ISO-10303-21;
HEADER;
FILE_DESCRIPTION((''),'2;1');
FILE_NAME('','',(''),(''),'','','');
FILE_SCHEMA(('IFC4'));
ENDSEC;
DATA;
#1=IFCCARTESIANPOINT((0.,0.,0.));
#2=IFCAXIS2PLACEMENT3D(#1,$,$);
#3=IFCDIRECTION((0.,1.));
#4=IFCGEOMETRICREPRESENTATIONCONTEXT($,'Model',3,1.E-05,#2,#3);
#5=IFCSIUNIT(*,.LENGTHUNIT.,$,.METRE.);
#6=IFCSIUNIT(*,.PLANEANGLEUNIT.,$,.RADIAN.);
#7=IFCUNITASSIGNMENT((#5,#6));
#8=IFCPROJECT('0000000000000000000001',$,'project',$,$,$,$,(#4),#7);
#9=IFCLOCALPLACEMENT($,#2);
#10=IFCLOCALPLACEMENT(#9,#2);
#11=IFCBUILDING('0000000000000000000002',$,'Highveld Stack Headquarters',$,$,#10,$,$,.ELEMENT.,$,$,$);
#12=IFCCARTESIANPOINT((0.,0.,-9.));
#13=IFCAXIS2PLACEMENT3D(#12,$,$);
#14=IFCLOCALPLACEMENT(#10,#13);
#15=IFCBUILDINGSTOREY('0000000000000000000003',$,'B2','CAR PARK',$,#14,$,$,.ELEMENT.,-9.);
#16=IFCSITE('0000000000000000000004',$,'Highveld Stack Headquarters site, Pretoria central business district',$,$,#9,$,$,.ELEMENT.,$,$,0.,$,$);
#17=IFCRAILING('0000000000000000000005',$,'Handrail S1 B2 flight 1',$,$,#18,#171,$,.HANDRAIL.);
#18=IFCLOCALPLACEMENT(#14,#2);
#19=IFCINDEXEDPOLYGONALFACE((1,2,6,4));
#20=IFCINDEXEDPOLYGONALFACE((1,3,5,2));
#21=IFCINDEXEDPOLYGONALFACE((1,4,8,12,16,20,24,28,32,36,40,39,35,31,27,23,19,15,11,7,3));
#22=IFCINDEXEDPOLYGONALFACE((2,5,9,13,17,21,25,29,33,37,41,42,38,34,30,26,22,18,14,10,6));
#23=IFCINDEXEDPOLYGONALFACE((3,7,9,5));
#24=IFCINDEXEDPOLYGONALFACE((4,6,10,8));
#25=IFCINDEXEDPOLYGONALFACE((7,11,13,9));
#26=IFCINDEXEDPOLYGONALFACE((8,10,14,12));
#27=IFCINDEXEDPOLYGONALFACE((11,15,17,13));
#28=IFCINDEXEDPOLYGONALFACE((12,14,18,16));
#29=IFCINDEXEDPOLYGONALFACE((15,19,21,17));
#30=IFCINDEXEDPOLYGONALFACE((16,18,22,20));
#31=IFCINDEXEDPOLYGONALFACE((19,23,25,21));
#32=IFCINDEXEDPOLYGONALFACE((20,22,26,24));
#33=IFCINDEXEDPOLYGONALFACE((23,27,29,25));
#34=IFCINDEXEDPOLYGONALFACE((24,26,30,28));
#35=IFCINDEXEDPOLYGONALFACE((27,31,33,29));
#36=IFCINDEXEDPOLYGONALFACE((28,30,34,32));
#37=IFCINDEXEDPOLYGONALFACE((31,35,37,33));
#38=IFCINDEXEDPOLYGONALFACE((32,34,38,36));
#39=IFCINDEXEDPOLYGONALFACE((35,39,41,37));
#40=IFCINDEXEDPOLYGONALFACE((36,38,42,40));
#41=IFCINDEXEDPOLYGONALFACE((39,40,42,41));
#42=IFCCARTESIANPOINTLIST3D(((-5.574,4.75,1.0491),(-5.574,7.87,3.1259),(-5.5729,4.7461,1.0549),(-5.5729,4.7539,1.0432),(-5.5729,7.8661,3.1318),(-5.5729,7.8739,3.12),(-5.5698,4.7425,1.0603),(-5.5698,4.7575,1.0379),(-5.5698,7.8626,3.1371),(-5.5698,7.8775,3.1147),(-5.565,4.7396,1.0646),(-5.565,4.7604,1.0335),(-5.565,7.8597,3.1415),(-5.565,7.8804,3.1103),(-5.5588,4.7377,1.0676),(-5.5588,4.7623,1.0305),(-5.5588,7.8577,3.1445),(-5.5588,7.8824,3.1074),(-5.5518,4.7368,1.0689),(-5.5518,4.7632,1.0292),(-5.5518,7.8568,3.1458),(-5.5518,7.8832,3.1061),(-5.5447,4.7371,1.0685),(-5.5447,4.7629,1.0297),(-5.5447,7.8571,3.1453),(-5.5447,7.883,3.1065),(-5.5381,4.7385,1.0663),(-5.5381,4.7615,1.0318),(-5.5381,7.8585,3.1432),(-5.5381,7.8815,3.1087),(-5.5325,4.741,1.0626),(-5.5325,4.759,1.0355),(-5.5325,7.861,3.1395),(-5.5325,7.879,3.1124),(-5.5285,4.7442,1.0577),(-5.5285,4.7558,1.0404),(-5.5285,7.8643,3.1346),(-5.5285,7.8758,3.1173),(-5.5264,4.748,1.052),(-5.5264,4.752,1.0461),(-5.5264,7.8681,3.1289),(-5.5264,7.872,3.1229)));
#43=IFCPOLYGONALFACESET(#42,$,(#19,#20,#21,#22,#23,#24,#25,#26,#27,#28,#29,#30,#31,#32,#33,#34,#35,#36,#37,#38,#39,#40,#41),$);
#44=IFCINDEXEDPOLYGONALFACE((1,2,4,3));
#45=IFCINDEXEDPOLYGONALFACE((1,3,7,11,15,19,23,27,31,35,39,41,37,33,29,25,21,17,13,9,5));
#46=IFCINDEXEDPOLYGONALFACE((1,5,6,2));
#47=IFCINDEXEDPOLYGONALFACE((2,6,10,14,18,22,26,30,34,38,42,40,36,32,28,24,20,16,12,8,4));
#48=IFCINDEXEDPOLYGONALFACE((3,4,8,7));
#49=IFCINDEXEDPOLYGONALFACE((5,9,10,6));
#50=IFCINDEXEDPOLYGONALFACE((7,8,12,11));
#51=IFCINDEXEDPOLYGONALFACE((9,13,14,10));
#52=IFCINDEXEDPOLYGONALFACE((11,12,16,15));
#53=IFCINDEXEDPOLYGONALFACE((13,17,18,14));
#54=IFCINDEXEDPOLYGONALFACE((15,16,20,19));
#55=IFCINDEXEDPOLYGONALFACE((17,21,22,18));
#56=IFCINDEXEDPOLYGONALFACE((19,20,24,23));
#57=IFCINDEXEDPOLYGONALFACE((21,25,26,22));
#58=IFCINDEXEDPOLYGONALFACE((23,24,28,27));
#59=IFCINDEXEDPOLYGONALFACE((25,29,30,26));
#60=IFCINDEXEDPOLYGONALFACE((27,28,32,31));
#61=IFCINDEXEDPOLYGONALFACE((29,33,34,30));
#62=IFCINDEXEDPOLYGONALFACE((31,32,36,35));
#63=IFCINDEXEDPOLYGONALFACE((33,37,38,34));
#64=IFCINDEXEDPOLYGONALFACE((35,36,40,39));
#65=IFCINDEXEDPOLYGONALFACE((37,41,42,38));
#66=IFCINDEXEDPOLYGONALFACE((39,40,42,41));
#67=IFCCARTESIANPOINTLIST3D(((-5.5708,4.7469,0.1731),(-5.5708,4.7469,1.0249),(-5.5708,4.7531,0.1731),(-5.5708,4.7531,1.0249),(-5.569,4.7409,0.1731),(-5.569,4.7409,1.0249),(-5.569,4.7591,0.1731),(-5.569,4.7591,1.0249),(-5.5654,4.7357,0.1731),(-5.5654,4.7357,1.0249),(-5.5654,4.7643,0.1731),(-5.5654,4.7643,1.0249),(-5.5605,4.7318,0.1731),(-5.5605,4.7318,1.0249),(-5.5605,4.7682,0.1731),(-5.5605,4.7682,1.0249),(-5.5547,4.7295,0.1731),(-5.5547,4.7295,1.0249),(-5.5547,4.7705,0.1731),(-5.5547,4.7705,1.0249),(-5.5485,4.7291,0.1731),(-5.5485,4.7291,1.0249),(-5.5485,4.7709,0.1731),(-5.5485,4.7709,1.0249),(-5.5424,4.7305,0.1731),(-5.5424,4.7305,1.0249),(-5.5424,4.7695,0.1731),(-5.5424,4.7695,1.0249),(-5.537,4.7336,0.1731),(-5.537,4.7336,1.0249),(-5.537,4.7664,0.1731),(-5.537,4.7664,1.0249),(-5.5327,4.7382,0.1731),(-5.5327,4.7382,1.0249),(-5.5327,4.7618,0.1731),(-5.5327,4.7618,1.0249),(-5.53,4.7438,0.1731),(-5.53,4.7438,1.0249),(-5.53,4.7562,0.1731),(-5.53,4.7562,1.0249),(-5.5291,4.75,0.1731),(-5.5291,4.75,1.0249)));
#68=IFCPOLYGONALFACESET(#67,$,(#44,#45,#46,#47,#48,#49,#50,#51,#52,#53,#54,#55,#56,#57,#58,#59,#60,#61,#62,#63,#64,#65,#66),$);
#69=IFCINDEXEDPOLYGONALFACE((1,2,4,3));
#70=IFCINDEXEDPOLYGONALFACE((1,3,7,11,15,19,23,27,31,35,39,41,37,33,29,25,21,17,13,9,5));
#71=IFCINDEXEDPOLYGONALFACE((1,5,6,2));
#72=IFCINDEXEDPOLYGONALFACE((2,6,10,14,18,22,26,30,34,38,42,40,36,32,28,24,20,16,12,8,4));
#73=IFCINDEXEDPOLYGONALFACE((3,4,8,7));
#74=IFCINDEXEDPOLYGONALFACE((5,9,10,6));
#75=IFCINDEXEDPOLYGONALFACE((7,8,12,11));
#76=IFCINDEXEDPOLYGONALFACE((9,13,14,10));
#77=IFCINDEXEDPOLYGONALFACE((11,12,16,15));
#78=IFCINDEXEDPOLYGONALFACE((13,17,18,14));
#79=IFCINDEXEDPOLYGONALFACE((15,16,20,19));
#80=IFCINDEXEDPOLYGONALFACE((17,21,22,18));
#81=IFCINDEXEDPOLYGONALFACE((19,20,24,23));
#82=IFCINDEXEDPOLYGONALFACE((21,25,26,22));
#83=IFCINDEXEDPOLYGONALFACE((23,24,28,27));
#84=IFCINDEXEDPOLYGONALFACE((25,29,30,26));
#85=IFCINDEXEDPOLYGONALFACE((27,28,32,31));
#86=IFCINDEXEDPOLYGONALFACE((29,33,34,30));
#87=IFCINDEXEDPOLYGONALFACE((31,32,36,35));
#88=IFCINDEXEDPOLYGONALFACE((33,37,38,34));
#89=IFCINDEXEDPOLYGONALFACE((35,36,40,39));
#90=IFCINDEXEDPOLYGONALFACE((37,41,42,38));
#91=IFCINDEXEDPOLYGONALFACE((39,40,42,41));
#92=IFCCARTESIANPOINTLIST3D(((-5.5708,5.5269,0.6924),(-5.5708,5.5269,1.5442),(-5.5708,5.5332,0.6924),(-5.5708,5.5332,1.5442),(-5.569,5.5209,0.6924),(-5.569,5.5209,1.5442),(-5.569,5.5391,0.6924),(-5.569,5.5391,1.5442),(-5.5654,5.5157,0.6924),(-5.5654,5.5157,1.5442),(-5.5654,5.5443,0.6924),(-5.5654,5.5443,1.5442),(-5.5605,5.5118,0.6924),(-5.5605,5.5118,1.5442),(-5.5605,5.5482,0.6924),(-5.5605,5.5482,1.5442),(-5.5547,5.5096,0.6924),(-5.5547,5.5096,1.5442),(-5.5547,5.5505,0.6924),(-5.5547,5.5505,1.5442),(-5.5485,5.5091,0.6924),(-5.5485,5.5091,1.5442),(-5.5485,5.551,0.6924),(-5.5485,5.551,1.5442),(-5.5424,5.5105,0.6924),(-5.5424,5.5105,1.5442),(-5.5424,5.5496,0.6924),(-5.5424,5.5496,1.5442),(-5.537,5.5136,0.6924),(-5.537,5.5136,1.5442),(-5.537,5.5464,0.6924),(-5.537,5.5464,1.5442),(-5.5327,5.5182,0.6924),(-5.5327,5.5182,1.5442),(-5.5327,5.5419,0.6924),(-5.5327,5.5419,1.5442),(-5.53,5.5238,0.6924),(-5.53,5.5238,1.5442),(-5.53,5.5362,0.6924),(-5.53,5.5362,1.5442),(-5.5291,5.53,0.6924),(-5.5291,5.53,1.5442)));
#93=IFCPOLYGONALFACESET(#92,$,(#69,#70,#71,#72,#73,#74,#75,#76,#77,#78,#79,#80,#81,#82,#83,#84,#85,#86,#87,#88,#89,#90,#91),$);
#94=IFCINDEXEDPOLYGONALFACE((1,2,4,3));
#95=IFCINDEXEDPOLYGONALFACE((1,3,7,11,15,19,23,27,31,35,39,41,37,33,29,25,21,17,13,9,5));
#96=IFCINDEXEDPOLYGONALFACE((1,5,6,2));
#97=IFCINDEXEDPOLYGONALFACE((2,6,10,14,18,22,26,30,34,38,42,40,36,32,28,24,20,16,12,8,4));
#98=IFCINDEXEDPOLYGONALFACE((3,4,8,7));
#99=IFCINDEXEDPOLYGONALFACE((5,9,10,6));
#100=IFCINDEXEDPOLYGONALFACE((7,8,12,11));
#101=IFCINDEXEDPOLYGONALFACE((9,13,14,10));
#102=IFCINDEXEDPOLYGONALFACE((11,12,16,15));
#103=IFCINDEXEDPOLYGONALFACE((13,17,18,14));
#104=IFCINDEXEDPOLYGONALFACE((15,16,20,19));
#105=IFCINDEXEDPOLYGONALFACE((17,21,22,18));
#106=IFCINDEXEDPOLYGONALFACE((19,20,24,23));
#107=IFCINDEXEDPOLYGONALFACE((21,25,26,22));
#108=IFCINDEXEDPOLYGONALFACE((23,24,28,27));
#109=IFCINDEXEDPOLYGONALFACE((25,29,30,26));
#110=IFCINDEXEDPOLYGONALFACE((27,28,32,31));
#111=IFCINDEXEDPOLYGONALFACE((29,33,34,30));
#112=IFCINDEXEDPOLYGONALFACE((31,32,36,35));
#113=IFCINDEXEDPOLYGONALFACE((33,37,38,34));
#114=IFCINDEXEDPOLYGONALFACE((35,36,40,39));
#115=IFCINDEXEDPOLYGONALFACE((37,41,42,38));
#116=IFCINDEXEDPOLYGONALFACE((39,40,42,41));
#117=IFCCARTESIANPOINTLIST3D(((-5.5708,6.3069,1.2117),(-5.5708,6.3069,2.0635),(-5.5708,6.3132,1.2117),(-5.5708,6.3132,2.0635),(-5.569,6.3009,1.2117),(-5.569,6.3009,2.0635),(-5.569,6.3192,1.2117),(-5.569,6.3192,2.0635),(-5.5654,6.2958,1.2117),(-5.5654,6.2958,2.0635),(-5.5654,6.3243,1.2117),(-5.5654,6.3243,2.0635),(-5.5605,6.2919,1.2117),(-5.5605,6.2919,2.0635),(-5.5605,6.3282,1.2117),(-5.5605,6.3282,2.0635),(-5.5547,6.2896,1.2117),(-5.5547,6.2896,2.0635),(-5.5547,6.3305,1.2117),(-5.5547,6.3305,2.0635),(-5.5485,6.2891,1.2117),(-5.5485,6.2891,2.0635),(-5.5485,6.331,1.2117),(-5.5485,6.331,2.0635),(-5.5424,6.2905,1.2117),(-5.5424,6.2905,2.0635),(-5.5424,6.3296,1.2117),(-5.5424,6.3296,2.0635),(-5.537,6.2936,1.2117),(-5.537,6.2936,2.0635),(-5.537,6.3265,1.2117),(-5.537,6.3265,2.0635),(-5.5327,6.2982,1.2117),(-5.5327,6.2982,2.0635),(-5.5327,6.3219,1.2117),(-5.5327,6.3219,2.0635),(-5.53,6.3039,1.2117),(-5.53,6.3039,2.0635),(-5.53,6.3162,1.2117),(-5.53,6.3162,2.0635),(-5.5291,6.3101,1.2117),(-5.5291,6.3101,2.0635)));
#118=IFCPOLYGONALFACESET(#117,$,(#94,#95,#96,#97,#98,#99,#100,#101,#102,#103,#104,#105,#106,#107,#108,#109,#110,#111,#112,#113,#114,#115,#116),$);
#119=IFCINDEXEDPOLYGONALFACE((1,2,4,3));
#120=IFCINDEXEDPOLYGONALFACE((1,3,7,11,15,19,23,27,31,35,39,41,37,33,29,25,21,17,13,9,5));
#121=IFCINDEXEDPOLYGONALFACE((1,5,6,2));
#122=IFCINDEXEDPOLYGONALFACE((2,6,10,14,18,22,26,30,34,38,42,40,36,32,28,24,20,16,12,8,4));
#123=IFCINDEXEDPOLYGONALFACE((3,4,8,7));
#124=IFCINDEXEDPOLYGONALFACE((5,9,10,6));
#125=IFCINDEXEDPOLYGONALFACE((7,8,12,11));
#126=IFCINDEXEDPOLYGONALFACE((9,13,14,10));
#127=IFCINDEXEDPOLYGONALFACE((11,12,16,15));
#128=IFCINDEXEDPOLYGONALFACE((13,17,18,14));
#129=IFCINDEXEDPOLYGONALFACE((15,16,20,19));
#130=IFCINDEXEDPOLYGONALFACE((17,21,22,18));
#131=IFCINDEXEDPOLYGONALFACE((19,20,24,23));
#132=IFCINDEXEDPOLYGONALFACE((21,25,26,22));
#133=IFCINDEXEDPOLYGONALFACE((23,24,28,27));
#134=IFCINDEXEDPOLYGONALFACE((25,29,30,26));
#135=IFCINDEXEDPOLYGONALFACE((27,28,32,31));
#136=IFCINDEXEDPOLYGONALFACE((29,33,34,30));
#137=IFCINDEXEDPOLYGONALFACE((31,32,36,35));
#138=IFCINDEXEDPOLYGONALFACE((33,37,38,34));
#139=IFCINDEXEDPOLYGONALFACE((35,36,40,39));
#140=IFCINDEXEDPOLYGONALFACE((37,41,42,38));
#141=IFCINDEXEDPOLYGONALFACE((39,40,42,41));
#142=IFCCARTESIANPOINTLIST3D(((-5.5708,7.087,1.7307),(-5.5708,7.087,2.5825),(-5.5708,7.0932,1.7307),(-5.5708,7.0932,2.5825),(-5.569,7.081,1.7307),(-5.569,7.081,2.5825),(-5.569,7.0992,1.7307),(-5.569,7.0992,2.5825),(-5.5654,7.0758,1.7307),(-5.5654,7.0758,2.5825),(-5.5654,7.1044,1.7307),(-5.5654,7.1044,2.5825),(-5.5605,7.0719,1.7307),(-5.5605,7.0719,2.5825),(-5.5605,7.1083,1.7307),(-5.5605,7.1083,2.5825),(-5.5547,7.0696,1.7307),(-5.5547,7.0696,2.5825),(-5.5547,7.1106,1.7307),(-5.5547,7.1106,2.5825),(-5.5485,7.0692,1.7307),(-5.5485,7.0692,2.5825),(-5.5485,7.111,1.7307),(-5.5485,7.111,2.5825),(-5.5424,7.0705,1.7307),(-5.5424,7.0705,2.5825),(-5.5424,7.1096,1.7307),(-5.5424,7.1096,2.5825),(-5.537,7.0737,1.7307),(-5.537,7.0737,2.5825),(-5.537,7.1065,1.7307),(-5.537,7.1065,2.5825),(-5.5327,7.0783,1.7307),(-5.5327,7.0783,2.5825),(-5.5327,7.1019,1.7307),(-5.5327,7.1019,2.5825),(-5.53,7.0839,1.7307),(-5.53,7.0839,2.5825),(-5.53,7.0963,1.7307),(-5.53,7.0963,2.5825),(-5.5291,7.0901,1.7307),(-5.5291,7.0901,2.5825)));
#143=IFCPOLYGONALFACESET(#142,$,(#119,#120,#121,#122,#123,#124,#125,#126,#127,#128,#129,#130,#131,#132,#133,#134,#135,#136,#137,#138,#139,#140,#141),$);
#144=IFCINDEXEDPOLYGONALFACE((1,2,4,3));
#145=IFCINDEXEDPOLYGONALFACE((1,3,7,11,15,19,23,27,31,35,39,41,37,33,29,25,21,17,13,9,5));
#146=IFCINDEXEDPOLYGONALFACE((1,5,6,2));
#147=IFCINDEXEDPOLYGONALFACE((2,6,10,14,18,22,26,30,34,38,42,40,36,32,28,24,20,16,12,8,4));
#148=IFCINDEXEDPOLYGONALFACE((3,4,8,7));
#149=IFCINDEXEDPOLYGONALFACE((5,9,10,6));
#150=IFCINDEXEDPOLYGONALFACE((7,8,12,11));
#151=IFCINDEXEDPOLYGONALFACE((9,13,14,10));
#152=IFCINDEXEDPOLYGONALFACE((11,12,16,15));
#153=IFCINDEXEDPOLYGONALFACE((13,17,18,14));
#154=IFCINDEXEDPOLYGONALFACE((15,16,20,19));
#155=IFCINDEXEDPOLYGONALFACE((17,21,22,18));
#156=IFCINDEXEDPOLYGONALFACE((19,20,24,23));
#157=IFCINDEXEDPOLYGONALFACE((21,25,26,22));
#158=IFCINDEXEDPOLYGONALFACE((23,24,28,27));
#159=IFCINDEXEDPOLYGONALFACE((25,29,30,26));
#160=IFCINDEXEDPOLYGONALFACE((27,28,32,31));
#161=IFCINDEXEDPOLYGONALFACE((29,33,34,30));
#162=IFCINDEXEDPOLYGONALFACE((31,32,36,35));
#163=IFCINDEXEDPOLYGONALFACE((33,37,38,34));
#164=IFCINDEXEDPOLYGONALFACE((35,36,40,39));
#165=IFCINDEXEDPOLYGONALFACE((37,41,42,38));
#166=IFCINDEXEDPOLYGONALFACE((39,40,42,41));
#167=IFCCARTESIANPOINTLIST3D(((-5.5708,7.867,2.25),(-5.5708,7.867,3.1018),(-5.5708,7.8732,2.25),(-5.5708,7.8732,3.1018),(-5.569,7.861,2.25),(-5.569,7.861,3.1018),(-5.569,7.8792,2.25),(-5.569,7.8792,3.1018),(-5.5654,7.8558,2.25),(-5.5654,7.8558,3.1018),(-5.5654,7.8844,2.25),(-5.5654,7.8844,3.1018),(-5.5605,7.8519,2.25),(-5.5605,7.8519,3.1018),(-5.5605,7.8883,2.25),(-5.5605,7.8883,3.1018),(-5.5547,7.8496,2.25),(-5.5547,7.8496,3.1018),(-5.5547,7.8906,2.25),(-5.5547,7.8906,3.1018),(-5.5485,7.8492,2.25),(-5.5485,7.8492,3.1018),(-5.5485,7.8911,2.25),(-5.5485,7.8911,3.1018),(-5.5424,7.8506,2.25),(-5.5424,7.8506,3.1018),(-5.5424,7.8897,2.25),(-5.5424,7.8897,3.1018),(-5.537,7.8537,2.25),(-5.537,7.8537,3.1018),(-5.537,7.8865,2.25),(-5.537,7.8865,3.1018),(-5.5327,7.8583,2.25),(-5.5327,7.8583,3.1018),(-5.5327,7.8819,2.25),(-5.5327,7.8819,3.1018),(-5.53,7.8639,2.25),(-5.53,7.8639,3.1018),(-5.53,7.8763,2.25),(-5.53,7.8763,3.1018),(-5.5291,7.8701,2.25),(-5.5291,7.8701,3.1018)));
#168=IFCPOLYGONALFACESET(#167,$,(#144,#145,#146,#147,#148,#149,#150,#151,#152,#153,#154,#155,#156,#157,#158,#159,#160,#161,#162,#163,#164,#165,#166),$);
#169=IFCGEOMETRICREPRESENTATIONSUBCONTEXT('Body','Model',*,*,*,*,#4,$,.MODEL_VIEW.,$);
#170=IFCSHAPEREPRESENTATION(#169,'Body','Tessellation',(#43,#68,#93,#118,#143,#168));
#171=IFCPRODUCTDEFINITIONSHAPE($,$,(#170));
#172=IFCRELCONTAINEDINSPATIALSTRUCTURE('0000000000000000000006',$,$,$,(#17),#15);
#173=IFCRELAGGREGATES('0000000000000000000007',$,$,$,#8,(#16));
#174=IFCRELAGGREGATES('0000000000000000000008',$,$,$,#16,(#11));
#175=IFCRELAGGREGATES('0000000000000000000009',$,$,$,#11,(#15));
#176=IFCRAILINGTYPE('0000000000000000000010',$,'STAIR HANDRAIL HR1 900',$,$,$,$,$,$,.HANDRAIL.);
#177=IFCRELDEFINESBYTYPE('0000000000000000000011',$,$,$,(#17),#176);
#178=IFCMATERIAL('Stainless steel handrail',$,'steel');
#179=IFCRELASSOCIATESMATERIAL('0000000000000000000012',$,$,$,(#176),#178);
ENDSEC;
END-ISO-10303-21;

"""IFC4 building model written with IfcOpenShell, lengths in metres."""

from ifc_helpers import new_model, si_unit, direction, frame, origin, origin_2d, place, context, subcontext, project, spatial, circle, extrude, material, type_object, element, save


model = new_model("IFC4")

# Units and contexts
model_context = context("Model", 3, precision=1e-05, world=origin(), true_north=direction((0.0, 1.0)))
body_context = subcontext(model_context, "Body", "Model", "MODEL_VIEW")
ifc_project = project(units=[si_unit("LENGTHUNIT", "METRE"), si_unit("PLANEANGLEUNIT", "RADIAN")], contexts=[model_context])

# Site, building, storey
site_placement = place(None, origin())
site = spatial("IfcSite", under=ifc_project, at=site_placement, Name="Highveld Stack Headquarters site, Pretoria central business district", CompositionType="ELEMENT", RefElevation=0.0)
building_placement = place(site_placement, origin())
building = spatial("IfcBuilding", under=site, at=building_placement, Name="Highveld Stack Headquarters", CompositionType="ELEMENT")
storey_placement = place(building_placement, frame((0.0, 0.0, -9.0)))
storey = spatial("IfcBuildingStorey", under=building, at=storey_placement, Name="B2", Description="CAR PARK", CompositionType="ELEMENT", Elevation=-9.0)

# Railing
ifc_material_1 = material(Name="Stainless steel handrail", Category="steel")
railing_type = type_object("IfcRailingType", Name="STAIR HANDRAIL HR1 900", PredefinedType="HANDRAIL", material=ifc_material_1)
for number, where, name in (
    (1, (-5.55, 4.75, 0.1731), "Handrail S1 B2 flight 1"),
):
    element("IfcRailing", number, at=place(storey_placement, frame(where)), inside=storey, type_object=railing_type, Name=name, PredefinedType="HANDRAIL", context=body_context, shape_type="SweptSolid", body=[
        extrude(circle(Radius=0.0239, at=origin_2d()), frame((0.0, 0.0, 0.876), z_axis=(0.0, 0.832441, 0.554114), x_axis=(-1.0, 0.0, 0.0)), (0.0, 0.0, 1.0), 3.748),
        extrude(circle(Radius=0.021, at=origin_2d()), origin(), (0.0, 0.0, 1.0), 0.8518),
        extrude(circle(Radius=0.021, at=origin_2d()), frame((0.0, 0.78, 0.5193)), (0.0, 0.0, 1.0), 0.8518),
        extrude(circle(Radius=0.021, at=origin_2d()), frame((0.0, 1.5601, 1.0386)), (0.0, 0.0, 1.0), 0.8518),
        extrude(circle(Radius=0.021, at=origin_2d()), frame((0.0, 2.3401, 1.5576)), (0.0, 0.0, 1.0), 0.8518),
        extrude(circle(Radius=0.021, at=origin_2d()), frame((0.0, 3.1201, 2.0769)), (0.0, 0.0, 1.0), 0.8518),
    ])

save(model, "model.ifc")
